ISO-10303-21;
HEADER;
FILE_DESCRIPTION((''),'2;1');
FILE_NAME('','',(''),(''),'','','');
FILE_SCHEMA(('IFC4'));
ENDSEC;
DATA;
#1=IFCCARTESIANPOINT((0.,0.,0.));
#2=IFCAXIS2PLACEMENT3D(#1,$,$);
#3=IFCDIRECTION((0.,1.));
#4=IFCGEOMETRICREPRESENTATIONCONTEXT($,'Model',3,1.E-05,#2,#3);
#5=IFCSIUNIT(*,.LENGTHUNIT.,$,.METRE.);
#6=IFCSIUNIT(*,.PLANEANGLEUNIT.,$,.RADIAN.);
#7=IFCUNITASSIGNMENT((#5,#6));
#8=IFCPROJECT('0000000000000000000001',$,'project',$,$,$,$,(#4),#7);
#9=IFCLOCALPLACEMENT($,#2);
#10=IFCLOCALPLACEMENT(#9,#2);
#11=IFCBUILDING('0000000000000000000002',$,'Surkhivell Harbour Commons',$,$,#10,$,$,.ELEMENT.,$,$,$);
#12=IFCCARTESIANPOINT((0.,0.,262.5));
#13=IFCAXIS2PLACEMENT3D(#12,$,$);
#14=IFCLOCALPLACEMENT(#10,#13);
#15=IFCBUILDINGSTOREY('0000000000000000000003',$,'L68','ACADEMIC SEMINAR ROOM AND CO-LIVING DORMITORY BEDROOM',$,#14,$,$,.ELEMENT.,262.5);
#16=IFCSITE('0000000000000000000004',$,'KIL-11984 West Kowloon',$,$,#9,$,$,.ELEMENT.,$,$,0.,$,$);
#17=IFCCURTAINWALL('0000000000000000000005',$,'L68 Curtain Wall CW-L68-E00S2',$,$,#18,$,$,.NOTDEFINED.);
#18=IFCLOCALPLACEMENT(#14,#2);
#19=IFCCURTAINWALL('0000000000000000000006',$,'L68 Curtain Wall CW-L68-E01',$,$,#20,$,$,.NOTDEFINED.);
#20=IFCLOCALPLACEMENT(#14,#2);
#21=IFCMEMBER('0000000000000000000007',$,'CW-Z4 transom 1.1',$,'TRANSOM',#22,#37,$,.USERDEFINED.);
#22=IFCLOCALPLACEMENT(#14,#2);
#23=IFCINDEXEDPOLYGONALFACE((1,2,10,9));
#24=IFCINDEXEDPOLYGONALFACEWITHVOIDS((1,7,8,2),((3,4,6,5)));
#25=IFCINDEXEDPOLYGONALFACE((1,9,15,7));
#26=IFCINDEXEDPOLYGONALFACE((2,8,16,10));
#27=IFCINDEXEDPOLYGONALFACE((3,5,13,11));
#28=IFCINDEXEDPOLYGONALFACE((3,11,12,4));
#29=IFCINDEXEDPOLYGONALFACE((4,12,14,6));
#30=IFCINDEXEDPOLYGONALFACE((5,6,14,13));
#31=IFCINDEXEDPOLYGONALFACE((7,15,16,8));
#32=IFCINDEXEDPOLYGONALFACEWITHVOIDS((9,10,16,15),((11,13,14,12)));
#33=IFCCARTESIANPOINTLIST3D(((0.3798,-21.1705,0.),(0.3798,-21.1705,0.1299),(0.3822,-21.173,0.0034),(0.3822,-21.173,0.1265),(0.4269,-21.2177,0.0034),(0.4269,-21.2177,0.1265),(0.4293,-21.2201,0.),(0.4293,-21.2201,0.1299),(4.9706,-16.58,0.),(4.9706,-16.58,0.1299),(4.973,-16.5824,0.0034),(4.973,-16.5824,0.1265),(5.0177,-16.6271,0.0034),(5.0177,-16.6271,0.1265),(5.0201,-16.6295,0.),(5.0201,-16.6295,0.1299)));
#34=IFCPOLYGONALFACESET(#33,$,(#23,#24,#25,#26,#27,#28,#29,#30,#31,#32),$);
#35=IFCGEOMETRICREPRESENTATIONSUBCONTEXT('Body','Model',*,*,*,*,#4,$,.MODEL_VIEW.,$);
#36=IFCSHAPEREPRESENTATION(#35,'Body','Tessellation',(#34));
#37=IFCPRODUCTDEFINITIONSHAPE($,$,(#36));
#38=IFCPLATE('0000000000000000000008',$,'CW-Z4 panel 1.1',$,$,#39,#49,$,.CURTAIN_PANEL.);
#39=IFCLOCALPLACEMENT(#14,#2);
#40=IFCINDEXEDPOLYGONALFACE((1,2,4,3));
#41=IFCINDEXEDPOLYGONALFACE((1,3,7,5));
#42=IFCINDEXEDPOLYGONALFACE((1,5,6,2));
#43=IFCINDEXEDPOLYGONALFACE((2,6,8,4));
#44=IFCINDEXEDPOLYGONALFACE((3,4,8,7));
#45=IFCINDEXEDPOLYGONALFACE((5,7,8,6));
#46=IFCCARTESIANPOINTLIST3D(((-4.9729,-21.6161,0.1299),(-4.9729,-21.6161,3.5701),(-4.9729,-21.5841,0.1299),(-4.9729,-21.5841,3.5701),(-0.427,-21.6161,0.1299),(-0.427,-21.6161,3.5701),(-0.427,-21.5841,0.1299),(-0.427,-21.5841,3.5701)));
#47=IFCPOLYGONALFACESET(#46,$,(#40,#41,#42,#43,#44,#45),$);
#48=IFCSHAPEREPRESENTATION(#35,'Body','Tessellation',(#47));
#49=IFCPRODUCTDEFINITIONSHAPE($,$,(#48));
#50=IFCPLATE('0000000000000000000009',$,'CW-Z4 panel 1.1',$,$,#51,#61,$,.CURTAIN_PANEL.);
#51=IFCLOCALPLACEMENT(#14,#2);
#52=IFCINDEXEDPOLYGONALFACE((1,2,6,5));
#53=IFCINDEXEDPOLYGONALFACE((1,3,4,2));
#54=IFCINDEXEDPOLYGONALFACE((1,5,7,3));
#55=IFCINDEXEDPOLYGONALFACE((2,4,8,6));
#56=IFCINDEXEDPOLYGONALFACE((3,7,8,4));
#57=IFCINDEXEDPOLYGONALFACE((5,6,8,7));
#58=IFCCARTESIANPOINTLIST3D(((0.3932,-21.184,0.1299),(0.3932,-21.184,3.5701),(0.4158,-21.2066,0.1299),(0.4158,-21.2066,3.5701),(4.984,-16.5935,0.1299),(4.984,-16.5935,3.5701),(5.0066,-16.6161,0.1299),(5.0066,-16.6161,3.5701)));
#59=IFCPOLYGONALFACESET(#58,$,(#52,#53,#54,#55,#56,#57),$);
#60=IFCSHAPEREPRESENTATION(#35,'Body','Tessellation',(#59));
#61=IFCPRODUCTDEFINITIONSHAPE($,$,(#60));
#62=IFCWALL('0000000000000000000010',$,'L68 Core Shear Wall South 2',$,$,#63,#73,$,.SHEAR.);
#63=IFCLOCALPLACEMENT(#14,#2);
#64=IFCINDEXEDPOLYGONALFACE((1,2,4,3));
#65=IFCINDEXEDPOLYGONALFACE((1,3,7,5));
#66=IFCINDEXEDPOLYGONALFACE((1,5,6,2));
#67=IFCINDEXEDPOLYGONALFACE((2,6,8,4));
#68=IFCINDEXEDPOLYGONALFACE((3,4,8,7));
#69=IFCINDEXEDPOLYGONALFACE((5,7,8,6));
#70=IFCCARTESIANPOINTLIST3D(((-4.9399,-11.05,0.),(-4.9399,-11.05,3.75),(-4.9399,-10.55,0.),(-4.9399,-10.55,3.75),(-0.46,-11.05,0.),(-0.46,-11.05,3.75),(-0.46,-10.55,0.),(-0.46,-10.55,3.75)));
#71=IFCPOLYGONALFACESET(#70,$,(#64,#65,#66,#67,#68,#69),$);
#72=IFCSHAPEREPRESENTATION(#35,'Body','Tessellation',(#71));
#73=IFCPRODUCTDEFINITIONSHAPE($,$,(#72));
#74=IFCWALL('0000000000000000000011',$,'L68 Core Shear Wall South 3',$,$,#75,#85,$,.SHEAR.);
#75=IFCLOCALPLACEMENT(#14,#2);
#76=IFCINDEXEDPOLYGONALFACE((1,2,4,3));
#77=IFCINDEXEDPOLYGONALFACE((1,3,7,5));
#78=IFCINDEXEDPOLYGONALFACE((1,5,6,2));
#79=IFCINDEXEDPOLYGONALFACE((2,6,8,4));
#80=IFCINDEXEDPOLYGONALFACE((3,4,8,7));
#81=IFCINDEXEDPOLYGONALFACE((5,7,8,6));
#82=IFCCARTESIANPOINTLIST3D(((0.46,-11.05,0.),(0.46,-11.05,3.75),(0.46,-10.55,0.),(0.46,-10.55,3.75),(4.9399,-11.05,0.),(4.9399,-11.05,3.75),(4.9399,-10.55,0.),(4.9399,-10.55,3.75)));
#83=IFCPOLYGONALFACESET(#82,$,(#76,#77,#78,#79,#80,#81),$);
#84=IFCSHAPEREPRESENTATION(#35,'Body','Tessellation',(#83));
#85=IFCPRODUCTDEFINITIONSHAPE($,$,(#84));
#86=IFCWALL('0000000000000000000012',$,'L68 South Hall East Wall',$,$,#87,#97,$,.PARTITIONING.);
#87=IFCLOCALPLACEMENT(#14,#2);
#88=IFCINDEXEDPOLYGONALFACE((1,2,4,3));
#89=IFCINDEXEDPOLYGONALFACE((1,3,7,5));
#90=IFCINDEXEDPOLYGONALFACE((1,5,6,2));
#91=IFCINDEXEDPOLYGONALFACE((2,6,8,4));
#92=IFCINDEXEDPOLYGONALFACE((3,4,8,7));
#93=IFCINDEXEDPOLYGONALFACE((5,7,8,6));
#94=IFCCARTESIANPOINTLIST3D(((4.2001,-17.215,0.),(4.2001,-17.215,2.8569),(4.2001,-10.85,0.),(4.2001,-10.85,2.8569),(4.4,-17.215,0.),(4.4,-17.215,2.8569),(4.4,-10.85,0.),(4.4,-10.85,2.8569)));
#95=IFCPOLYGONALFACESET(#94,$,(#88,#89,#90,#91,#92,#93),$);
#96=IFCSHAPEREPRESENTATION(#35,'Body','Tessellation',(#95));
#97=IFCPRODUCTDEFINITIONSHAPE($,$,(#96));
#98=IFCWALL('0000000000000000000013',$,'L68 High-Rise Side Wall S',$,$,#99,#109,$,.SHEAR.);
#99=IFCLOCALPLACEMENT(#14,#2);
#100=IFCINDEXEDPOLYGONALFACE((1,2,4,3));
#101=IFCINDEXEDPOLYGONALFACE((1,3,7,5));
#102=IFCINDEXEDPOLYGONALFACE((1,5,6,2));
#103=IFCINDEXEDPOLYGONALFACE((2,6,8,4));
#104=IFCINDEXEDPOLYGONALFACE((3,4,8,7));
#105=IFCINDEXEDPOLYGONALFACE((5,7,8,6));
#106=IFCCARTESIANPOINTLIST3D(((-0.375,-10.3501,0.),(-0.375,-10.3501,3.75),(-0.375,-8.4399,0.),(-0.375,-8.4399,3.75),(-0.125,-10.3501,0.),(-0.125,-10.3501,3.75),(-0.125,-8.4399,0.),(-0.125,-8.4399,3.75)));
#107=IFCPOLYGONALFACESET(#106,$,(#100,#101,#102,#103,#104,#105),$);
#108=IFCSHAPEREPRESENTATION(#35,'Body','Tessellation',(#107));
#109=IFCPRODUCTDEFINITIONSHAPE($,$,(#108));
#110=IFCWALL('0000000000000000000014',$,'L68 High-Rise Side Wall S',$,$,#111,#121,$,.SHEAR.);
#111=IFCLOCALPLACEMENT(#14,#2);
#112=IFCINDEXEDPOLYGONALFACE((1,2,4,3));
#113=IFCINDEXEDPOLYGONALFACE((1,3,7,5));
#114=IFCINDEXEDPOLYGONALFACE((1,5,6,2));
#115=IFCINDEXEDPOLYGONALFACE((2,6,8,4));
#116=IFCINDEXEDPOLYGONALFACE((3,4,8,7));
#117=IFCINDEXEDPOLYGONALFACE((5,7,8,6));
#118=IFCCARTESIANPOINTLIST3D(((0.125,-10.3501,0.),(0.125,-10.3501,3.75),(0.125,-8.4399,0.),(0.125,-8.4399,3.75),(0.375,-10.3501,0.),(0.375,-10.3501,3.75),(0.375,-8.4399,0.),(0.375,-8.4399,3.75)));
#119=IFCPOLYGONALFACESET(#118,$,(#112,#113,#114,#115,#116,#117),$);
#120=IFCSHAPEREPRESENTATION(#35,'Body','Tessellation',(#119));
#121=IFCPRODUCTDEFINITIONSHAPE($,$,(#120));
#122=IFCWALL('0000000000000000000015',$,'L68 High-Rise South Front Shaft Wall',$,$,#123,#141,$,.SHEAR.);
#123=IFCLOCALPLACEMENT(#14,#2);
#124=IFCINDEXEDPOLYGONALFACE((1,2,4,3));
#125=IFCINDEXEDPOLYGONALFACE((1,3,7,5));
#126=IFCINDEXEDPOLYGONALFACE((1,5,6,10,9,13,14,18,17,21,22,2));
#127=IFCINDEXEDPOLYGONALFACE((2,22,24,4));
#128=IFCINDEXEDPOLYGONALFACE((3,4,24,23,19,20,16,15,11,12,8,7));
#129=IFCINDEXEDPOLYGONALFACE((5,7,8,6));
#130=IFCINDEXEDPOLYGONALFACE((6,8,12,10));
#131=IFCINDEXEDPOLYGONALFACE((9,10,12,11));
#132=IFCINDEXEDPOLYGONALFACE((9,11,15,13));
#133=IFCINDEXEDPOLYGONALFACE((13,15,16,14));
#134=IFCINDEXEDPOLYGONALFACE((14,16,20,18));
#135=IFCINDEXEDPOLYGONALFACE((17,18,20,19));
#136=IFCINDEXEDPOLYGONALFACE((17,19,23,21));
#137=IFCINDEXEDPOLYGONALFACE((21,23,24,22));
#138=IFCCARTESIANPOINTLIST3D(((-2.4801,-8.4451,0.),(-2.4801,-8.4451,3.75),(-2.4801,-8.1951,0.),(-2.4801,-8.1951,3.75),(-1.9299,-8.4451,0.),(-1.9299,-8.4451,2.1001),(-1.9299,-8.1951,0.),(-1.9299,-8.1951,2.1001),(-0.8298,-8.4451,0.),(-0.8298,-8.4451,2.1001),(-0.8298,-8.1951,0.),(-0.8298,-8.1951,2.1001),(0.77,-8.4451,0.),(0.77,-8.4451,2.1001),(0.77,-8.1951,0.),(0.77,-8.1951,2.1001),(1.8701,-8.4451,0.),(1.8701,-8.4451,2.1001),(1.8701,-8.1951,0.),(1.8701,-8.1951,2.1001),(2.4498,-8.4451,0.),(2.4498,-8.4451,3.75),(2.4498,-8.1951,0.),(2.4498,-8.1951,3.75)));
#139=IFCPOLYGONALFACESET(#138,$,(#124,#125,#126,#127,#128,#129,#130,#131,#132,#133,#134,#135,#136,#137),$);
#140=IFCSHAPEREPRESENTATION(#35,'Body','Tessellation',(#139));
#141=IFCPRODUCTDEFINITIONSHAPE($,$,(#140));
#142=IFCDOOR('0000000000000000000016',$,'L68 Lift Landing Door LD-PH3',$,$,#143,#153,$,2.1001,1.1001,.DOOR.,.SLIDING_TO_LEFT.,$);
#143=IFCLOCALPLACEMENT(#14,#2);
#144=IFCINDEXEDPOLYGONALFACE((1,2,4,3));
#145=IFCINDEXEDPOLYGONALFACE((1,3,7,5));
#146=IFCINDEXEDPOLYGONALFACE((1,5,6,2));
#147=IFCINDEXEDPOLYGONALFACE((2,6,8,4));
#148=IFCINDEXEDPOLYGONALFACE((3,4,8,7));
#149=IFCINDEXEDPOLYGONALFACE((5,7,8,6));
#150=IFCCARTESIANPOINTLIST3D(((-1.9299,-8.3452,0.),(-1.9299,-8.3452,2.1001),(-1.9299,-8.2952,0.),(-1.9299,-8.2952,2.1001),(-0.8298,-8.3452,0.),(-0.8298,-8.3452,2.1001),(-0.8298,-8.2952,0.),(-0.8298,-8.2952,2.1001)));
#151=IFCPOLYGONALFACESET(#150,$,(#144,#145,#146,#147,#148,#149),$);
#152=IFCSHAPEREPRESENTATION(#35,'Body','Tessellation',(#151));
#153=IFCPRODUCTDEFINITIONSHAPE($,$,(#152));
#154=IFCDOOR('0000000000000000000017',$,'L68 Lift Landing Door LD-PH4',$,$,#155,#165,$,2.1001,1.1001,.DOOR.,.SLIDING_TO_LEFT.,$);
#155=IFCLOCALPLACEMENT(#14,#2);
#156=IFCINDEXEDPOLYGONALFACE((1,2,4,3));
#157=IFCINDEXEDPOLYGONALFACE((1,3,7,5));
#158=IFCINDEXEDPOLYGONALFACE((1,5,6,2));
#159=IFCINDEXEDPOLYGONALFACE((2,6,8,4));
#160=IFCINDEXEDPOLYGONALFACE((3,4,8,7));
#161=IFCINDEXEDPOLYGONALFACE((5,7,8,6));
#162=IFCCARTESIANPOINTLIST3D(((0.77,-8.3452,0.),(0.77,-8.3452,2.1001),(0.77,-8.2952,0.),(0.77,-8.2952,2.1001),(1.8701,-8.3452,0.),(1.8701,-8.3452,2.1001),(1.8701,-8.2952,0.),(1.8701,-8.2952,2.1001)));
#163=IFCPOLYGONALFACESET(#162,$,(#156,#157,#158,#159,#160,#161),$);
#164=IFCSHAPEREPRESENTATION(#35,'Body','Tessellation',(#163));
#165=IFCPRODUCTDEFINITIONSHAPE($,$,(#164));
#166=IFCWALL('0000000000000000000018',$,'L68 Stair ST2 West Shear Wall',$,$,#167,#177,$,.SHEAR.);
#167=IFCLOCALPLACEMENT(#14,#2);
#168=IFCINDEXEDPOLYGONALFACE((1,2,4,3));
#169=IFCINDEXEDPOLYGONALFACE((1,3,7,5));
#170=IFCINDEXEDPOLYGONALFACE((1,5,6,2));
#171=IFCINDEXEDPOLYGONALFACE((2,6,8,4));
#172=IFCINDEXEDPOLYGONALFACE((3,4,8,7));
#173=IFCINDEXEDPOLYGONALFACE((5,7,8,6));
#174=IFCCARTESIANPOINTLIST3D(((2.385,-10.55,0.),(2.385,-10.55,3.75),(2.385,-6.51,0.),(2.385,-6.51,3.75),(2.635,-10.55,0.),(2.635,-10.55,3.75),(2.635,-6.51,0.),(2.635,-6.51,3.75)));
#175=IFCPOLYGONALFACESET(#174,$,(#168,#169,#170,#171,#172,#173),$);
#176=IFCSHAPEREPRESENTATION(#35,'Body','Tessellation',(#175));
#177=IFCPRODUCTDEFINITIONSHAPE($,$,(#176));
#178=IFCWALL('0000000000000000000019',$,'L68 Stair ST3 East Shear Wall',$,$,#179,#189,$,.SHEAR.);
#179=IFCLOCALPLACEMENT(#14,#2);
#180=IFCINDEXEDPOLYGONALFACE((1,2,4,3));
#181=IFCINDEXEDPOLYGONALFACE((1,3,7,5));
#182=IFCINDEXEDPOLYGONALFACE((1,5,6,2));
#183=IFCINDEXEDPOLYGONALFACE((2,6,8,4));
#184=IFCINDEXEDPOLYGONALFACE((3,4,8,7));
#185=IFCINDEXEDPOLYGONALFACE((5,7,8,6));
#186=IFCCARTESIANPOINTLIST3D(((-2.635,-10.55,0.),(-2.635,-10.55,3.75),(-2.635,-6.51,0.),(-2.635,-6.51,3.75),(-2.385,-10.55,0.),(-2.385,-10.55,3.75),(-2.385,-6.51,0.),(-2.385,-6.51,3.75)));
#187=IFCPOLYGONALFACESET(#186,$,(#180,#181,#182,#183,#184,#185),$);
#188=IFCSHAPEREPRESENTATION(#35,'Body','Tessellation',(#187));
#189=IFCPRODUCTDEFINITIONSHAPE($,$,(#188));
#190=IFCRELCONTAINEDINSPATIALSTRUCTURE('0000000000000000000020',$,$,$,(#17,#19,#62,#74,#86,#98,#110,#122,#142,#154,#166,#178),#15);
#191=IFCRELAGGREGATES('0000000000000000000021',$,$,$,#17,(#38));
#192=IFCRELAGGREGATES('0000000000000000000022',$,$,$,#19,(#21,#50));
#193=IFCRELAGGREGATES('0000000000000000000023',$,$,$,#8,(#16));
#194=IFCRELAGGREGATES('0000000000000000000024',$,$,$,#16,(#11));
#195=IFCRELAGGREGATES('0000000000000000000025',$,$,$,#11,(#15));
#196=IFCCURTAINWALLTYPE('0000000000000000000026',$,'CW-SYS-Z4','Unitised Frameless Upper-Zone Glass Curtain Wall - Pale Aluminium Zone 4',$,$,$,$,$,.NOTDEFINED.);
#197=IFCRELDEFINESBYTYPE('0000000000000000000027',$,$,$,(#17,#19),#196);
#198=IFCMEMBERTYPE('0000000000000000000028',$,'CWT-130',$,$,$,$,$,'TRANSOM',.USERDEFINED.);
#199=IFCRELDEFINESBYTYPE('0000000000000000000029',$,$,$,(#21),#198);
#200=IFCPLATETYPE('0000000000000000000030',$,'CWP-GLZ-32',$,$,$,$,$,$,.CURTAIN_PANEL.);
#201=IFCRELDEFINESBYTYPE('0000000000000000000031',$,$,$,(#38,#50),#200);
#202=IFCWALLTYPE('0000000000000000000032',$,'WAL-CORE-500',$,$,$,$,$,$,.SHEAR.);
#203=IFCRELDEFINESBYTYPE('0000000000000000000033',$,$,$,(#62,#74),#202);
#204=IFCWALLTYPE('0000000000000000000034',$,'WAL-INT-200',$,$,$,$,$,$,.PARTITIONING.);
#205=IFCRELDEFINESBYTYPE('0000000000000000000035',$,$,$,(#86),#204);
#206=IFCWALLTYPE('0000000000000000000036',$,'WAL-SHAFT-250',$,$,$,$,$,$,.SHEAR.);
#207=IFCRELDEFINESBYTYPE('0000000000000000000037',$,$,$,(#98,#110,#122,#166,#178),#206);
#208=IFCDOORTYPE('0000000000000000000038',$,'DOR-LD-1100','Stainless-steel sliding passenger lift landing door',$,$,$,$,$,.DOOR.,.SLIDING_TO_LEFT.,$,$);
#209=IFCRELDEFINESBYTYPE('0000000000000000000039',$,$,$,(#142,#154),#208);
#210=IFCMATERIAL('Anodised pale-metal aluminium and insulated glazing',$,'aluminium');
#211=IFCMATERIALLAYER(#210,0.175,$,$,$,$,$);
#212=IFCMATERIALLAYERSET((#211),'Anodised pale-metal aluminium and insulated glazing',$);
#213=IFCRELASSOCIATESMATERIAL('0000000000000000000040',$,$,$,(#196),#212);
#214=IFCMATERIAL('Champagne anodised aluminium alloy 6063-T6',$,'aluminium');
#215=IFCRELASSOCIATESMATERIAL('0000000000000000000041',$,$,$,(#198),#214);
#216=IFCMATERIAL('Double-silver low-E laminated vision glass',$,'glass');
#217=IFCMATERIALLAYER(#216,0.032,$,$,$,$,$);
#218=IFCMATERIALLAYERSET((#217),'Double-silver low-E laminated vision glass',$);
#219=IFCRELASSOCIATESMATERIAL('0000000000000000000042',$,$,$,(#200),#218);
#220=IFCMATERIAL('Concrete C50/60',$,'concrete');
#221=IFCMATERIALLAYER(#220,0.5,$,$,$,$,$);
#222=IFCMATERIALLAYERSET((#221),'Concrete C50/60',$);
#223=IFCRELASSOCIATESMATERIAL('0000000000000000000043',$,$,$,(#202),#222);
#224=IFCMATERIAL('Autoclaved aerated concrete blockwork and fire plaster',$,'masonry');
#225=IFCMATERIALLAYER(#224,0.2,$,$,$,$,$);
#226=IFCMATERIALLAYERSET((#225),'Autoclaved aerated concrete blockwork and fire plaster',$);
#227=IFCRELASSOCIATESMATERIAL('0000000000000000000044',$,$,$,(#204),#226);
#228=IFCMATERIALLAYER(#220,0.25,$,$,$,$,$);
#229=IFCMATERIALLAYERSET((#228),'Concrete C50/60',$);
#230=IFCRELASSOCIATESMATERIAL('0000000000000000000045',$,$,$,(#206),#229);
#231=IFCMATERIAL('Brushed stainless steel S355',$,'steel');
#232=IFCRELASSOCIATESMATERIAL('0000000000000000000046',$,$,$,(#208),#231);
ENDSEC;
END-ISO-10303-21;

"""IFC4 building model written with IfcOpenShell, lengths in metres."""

from ifc_helpers import new_model, si_unit, direction, frame, frame_2d, origin, origin_2d, place, context, subcontext, project, spatial, rectangle, hollow_rectangle, extrude, material, layer, layer_set, material_profile, profile_set, type_object, element, fill, aggregate, save


model = new_model("IFC4")

# Units and contexts
model_context = context("Model", 3, precision=1e-05, world=origin(), true_north=direction((0.0, 1.0)))
body_context = subcontext(model_context, "Body", "Model", "MODEL_VIEW")
ifc_project = project(units=[si_unit("LENGTHUNIT", "METRE"), si_unit("PLANEANGLEUNIT", "RADIAN")], contexts=[model_context])

# Site, building, storey
site_placement = place(None, origin())
site = spatial("IfcSite", under=ifc_project, at=site_placement, Name="KIL-11984 West Kowloon", CompositionType="ELEMENT", RefElevation=0.0)
building_placement = place(site_placement, origin())
building = spatial("IfcBuilding", under=site, at=building_placement, Name="Surkhivell Harbour Commons", CompositionType="ELEMENT")
storey_placement = place(building_placement, frame((0.0, 0.0, 262.5)))
storey = spatial("IfcBuildingStorey", under=building, at=storey_placement, Name="L68", Description="ACADEMIC SEMINAR ROOM AND CO-LIVING DORMITORY BEDROOM", CompositionType="ELEMENT", Elevation=262.5)

# Shared definitions
ifc_material_1 = material(Name="Concrete C50/60", Category="concrete")

# Curtain wall
ifc_material_2 = material(Name="Anodised pale-metal aluminium and insulated glazing", Category="aluminium")
ifc_layer_1 = layer(ifc_material_2, 0.175)
ifc_layer_set_1 = layer_set([ifc_layer_1], Name="Anodised pale-metal aluminium and insulated glazing")
curtain_wall_type = type_object("IfcCurtainWallType", Name="CW-SYS-Z4", Description="Unitised Frameless Upper-Zone Glass Curtain Wall - Pale Aluminium Zone 4", PredefinedType="NOTDEFINED", material=ifc_layer_set_1)
curtain_wall_1_placement = place(storey_placement, origin())
curtain_wall_1 = element("IfcCurtainWall", 1, at=curtain_wall_1_placement, inside=storey, type_object=curtain_wall_type, Name="L68 Curtain Wall CW-L68-E00S2", PredefinedType="NOTDEFINED")

# Curtain wall
curtain_wall_2_placement = place(storey_placement, origin())
curtain_wall_2 = element("IfcCurtainWall", 2, at=curtain_wall_2_placement, inside=storey, type_object=curtain_wall_type, Name="L68 Curtain Wall CW-L68-E01", PredefinedType="NOTDEFINED")

# Member
ifc_material_3 = material(Name="Champagne anodised aluminium alloy 6063-T6", Category="aluminium")
ifc_material_profile_1 = material_profile(ifc_material_3, hollow_rectangle(XDim=0.0701, YDim=0.1299, WallThickness=0.0034, at=origin_2d()), Name="ALU-TRAN-70x130")
ifc_profile_set_1 = profile_set([ifc_material_profile_1], Name="Champagne anodised aluminium alloy 6063-T6")
member_type_1 = type_object("IfcMemberType", Name="CWT-130", ElementType="TRANSOM", PredefinedType="USERDEFINED", material=ifc_profile_set_1)
member_1_placement = place(storey_placement, frame((0.4045, -21.1953, 0.0649), z_axis=(0.707126, 0.707088, 0.0), x_axis=(-0.707088, 0.707126, 0.0)))
member_1 = element("IfcMember", 3, at=member_1_placement, type_object=member_type_1, Name="CW-Z4 transom 1.1", ObjectType="TRANSOM", PredefinedType="USERDEFINED", context=body_context, shape_type="SweptSolid", body=[
    extrude(hollow_rectangle(XDim=0.0701, YDim=0.1299, WallThickness=0.0034, at=origin_2d()), origin(), (0.0, 0.0, 1.0), 6.4922),
])

# Plates
ifc_material_4 = material(Name="Double-silver low-E laminated vision glass", Category="glass")
ifc_layer_2 = layer(ifc_material_4, 0.032)
ifc_layer_set_2 = layer_set([ifc_layer_2], Name="Double-silver low-E laminated vision glass")
plate_type = type_object("IfcPlateType", Name="CWP-GLZ-32", PredefinedType="CURTAIN_PANEL", material=ifc_layer_set_2)
plate_1_placement = place(storey_placement, frame((-4.9729, -21.6001, 0.1299), z_axis=(0.0, 0.0, 1.0), x_axis=(1.0, 0.0, 0.0)))
plate_1 = element("IfcPlate", 4, at=plate_1_placement, type_object=plate_type, Name="CW-Z4 panel 1.1", PredefinedType="CURTAIN_PANEL", context=body_context, shape_type="SweptSolid", body=[
    extrude(rectangle(XDim=4.5459, YDim=0.032, at=frame_2d((2.2729, 0.0))), origin(), (0.0, 0.0, 1.0), 3.4402),
])
aggregate(curtain_wall_1, [plate_1])
plate_2_placement = place(storey_placement, frame((0.4045, -21.1953, 0.1299), z_axis=(0.0, 0.0, 1.0), x_axis=(0.707126, 0.707088, 0.0)))
plate_2 = element("IfcPlate", 5, at=plate_2_placement, type_object=plate_type, Name="CW-Z4 panel 1.1", PredefinedType="CURTAIN_PANEL", context=body_context, shape_type="SweptSolid", body=[
    extrude(rectangle(XDim=6.4922, YDim=0.032, at=frame_2d((3.2461, 0.0))), origin(), (0.0, 0.0, 1.0), 3.4402),
])
aggregate(curtain_wall_2, [member_1, plate_2])

# Walls
ifc_layer_3 = layer(ifc_material_1, 0.5)
ifc_layer_set_3 = layer_set([ifc_layer_3], Name="Concrete C50/60")
wall_type_1 = type_object("IfcWallType", Name="WAL-CORE-500", PredefinedType="SHEAR", material=ifc_layer_set_3)
for number, where, z_axis, x_axis, name in (
    (6, (-4.9399, -10.8, 0.0), (0.0, 0.0, 1.0), (1.0, 0.0, 0.0), "L68 Core Shear Wall South 2"),
    (7, (0.46, -10.8, 0.0), (0.0, 0.0, 1.0), (1.0, 0.0, 0.0), "L68 Core Shear Wall South 3"),
):
    element("IfcWall", number, at=place(storey_placement, frame(where, z_axis=z_axis, x_axis=x_axis)), inside=storey, type_object=wall_type_1, Name=name, PredefinedType="SHEAR", context=body_context, shape_type="SweptSolid", body=[
        extrude(rectangle(XDim=4.48, YDim=0.5, at=frame_2d((2.24, 0.0))), origin(), (0.0, 0.0, 1.0), 3.75),
    ])
ifc_material_5 = material(Name="Autoclaved aerated concrete blockwork and fire plaster", Category="masonry")
ifc_layer_4 = layer(ifc_material_5, 0.2)
ifc_layer_set_4 = layer_set([ifc_layer_4], Name="Autoclaved aerated concrete blockwork and fire plaster")
wall_type_2 = type_object("IfcWallType", Name="WAL-INT-200", PredefinedType="PARTITIONING", material=ifc_layer_set_4)
wall_1_placement = place(storey_placement, frame((4.3, -17.2151, 0.0), z_axis=(0.0, 0.0, 1.0), x_axis=(0.0, 1.0, 0.0)))
element("IfcWall", 8, at=wall_1_placement, inside=storey, type_object=wall_type_2, Name="L68 South Hall East Wall", PredefinedType="PARTITIONING", context=body_context, shape_type="SweptSolid", body=[
    extrude(rectangle(XDim=6.365, YDim=0.2, at=frame_2d((3.1826, 0.0))), origin(), (0.0, 0.0, 1.0), 2.8569),
])
ifc_layer_5 = layer(ifc_material_1, 0.25)
ifc_layer_set_5 = layer_set([ifc_layer_5], Name="Concrete C50/60")
wall_type_3 = type_object("IfcWallType", Name="WAL-SHAFT-250", PredefinedType="SHEAR", material=ifc_layer_set_5)
for number, where, z_axis, x_axis, name in (
    (9, (-0.25, -10.3501, 0.0), (0.0, 0.0, 1.0), (0.0, 1.0, 0.0), "L68 High-Rise Side Wall S"),
    (10, (0.25, -10.3501, 0.0), (0.0, 0.0, 1.0), (0.0, 1.0, 0.0), "L68 High-Rise Side Wall S"),
):
    element("IfcWall", number, at=place(storey_placement, frame(where, z_axis=z_axis, x_axis=x_axis)), inside=storey, type_object=wall_type_3, Name=name, PredefinedType="SHEAR", context=body_context, shape_type="SweptSolid", body=[
        extrude(rectangle(XDim=1.9102, YDim=0.25, at=frame_2d((0.9551, 0.0))), origin(), (0.0, 0.0, 1.0), 3.75),
    ])

# Wall, openings, doors
wall_2_placement = place(storey_placement, frame((-2.48, -8.3201, 0.0), z_axis=(0.0, 0.0, 1.0), x_axis=(1.0, 0.0, 0.0)))
wall_2 = element("IfcWall", 11, at=wall_2_placement, inside=storey, type_object=wall_type_3, Name="L68 High-Rise South Front Shaft Wall", PredefinedType="SHEAR", context=body_context, shape_type="SweptSolid", body=[
    extrude(rectangle(XDim=4.9299, YDim=0.25, at=frame_2d((2.4648, 0.0))), origin(), (0.0, 0.0, 1.0), 3.75),
])
opening_1_placement = place(wall_2_placement, frame((0.55, 0.0, 0.0)))
opening_1 = element("IfcOpeningElement", 12, at=opening_1_placement, cuts=wall_2, PredefinedType="OPENING", context=body_context, shape_type="SweptSolid", body=[
    extrude(rectangle(XDim=1.1001, YDim=2.1001, at=frame_2d((0.55, 1.05))), frame((0.0, 0.135, 0.0), z_axis=(0.0, -1.0, 0.0), x_axis=(1.0, 0.0, 0.0)), (0.0, 0.0, 1.0), 0.27),
])
opening_2_placement = place(wall_2_placement, frame((3.25, 0.0, 0.0)))
opening_2 = element("IfcOpeningElement", 13, at=opening_2_placement, cuts=wall_2, PredefinedType="OPENING", context=body_context, shape_type="SweptSolid", body=[
    extrude(rectangle(XDim=1.1001, YDim=2.1001, at=frame_2d((0.55, 1.05))), frame((0.0, 0.135, 0.0), z_axis=(0.0, -1.0, 0.0), x_axis=(1.0, 0.0, 0.0)), (0.0, 0.0, 1.0), 0.27),
])
ifc_material_6 = material(Name="Brushed stainless steel S355", Category="steel")
door_type = type_object("IfcDoorType", Name="DOR-LD-1100", Description="Stainless-steel sliding passenger lift landing door", OperationType="SLIDING_TO_LEFT", PredefinedType="DOOR", material=ifc_material_6)
door_1_placement = place(opening_1_placement, origin())
door_1 = element("IfcDoor", 14, at=door_1_placement, inside=storey, type_object=door_type, Name="L68 Lift Landing Door LD-PH3", OperationType="SLIDING_TO_LEFT", OverallHeight=2.1001, OverallWidth=1.1001, PredefinedType="DOOR", context=body_context, shape_type="SweptSolid", body=[
    extrude(rectangle(XDim=1.1001, YDim=2.1001, at=frame_2d((0.55, 1.05))), frame((0.0, 0.0249, 0.0), z_axis=(0.0, -1.0, 0.0), x_axis=(1.0, 0.0, 0.0)), (0.0, 0.0, 1.0), 0.05),
])
fill(opening_1, door_1)
door_2_placement = place(opening_2_placement, origin())
door_2 = element("IfcDoor", 15, at=door_2_placement, inside=storey, type_object=door_type, Name="L68 Lift Landing Door LD-PH4", OperationType="SLIDING_TO_LEFT", OverallHeight=2.1001, OverallWidth=1.1001, PredefinedType="DOOR", context=body_context, shape_type="SweptSolid", body=[
    extrude(rectangle(XDim=1.1001, YDim=2.1001, at=frame_2d((0.55, 1.05))), frame((0.0, 0.0249, 0.0), z_axis=(0.0, -1.0, 0.0), x_axis=(1.0, 0.0, 0.0)), (0.0, 0.0, 1.0), 0.05),
])
fill(opening_2, door_2)

# Walls
for number, where, z_axis, x_axis, name in (
    (16, (2.51, -10.55, 0.0), (0.0, 0.0, 1.0), (0.0, 1.0, 0.0), "L68 Stair ST2 West Shear Wall"),
    (17, (-2.51, -10.55, 0.0), (0.0, 0.0, 1.0), (0.0, 1.0, 0.0), "L68 Stair ST3 East Shear Wall"),
):
    element("IfcWall", number, at=place(storey_placement, frame(where, z_axis=z_axis, x_axis=x_axis)), inside=storey, type_object=wall_type_3, Name=name, PredefinedType="SHEAR", context=body_context, shape_type="SweptSolid", body=[
        extrude(rectangle(XDim=4.04, YDim=0.25, at=frame_2d((2.02, 0.0))), origin(), (0.0, 0.0, 1.0), 3.75),
    ])

save(model, "model.ifc")
